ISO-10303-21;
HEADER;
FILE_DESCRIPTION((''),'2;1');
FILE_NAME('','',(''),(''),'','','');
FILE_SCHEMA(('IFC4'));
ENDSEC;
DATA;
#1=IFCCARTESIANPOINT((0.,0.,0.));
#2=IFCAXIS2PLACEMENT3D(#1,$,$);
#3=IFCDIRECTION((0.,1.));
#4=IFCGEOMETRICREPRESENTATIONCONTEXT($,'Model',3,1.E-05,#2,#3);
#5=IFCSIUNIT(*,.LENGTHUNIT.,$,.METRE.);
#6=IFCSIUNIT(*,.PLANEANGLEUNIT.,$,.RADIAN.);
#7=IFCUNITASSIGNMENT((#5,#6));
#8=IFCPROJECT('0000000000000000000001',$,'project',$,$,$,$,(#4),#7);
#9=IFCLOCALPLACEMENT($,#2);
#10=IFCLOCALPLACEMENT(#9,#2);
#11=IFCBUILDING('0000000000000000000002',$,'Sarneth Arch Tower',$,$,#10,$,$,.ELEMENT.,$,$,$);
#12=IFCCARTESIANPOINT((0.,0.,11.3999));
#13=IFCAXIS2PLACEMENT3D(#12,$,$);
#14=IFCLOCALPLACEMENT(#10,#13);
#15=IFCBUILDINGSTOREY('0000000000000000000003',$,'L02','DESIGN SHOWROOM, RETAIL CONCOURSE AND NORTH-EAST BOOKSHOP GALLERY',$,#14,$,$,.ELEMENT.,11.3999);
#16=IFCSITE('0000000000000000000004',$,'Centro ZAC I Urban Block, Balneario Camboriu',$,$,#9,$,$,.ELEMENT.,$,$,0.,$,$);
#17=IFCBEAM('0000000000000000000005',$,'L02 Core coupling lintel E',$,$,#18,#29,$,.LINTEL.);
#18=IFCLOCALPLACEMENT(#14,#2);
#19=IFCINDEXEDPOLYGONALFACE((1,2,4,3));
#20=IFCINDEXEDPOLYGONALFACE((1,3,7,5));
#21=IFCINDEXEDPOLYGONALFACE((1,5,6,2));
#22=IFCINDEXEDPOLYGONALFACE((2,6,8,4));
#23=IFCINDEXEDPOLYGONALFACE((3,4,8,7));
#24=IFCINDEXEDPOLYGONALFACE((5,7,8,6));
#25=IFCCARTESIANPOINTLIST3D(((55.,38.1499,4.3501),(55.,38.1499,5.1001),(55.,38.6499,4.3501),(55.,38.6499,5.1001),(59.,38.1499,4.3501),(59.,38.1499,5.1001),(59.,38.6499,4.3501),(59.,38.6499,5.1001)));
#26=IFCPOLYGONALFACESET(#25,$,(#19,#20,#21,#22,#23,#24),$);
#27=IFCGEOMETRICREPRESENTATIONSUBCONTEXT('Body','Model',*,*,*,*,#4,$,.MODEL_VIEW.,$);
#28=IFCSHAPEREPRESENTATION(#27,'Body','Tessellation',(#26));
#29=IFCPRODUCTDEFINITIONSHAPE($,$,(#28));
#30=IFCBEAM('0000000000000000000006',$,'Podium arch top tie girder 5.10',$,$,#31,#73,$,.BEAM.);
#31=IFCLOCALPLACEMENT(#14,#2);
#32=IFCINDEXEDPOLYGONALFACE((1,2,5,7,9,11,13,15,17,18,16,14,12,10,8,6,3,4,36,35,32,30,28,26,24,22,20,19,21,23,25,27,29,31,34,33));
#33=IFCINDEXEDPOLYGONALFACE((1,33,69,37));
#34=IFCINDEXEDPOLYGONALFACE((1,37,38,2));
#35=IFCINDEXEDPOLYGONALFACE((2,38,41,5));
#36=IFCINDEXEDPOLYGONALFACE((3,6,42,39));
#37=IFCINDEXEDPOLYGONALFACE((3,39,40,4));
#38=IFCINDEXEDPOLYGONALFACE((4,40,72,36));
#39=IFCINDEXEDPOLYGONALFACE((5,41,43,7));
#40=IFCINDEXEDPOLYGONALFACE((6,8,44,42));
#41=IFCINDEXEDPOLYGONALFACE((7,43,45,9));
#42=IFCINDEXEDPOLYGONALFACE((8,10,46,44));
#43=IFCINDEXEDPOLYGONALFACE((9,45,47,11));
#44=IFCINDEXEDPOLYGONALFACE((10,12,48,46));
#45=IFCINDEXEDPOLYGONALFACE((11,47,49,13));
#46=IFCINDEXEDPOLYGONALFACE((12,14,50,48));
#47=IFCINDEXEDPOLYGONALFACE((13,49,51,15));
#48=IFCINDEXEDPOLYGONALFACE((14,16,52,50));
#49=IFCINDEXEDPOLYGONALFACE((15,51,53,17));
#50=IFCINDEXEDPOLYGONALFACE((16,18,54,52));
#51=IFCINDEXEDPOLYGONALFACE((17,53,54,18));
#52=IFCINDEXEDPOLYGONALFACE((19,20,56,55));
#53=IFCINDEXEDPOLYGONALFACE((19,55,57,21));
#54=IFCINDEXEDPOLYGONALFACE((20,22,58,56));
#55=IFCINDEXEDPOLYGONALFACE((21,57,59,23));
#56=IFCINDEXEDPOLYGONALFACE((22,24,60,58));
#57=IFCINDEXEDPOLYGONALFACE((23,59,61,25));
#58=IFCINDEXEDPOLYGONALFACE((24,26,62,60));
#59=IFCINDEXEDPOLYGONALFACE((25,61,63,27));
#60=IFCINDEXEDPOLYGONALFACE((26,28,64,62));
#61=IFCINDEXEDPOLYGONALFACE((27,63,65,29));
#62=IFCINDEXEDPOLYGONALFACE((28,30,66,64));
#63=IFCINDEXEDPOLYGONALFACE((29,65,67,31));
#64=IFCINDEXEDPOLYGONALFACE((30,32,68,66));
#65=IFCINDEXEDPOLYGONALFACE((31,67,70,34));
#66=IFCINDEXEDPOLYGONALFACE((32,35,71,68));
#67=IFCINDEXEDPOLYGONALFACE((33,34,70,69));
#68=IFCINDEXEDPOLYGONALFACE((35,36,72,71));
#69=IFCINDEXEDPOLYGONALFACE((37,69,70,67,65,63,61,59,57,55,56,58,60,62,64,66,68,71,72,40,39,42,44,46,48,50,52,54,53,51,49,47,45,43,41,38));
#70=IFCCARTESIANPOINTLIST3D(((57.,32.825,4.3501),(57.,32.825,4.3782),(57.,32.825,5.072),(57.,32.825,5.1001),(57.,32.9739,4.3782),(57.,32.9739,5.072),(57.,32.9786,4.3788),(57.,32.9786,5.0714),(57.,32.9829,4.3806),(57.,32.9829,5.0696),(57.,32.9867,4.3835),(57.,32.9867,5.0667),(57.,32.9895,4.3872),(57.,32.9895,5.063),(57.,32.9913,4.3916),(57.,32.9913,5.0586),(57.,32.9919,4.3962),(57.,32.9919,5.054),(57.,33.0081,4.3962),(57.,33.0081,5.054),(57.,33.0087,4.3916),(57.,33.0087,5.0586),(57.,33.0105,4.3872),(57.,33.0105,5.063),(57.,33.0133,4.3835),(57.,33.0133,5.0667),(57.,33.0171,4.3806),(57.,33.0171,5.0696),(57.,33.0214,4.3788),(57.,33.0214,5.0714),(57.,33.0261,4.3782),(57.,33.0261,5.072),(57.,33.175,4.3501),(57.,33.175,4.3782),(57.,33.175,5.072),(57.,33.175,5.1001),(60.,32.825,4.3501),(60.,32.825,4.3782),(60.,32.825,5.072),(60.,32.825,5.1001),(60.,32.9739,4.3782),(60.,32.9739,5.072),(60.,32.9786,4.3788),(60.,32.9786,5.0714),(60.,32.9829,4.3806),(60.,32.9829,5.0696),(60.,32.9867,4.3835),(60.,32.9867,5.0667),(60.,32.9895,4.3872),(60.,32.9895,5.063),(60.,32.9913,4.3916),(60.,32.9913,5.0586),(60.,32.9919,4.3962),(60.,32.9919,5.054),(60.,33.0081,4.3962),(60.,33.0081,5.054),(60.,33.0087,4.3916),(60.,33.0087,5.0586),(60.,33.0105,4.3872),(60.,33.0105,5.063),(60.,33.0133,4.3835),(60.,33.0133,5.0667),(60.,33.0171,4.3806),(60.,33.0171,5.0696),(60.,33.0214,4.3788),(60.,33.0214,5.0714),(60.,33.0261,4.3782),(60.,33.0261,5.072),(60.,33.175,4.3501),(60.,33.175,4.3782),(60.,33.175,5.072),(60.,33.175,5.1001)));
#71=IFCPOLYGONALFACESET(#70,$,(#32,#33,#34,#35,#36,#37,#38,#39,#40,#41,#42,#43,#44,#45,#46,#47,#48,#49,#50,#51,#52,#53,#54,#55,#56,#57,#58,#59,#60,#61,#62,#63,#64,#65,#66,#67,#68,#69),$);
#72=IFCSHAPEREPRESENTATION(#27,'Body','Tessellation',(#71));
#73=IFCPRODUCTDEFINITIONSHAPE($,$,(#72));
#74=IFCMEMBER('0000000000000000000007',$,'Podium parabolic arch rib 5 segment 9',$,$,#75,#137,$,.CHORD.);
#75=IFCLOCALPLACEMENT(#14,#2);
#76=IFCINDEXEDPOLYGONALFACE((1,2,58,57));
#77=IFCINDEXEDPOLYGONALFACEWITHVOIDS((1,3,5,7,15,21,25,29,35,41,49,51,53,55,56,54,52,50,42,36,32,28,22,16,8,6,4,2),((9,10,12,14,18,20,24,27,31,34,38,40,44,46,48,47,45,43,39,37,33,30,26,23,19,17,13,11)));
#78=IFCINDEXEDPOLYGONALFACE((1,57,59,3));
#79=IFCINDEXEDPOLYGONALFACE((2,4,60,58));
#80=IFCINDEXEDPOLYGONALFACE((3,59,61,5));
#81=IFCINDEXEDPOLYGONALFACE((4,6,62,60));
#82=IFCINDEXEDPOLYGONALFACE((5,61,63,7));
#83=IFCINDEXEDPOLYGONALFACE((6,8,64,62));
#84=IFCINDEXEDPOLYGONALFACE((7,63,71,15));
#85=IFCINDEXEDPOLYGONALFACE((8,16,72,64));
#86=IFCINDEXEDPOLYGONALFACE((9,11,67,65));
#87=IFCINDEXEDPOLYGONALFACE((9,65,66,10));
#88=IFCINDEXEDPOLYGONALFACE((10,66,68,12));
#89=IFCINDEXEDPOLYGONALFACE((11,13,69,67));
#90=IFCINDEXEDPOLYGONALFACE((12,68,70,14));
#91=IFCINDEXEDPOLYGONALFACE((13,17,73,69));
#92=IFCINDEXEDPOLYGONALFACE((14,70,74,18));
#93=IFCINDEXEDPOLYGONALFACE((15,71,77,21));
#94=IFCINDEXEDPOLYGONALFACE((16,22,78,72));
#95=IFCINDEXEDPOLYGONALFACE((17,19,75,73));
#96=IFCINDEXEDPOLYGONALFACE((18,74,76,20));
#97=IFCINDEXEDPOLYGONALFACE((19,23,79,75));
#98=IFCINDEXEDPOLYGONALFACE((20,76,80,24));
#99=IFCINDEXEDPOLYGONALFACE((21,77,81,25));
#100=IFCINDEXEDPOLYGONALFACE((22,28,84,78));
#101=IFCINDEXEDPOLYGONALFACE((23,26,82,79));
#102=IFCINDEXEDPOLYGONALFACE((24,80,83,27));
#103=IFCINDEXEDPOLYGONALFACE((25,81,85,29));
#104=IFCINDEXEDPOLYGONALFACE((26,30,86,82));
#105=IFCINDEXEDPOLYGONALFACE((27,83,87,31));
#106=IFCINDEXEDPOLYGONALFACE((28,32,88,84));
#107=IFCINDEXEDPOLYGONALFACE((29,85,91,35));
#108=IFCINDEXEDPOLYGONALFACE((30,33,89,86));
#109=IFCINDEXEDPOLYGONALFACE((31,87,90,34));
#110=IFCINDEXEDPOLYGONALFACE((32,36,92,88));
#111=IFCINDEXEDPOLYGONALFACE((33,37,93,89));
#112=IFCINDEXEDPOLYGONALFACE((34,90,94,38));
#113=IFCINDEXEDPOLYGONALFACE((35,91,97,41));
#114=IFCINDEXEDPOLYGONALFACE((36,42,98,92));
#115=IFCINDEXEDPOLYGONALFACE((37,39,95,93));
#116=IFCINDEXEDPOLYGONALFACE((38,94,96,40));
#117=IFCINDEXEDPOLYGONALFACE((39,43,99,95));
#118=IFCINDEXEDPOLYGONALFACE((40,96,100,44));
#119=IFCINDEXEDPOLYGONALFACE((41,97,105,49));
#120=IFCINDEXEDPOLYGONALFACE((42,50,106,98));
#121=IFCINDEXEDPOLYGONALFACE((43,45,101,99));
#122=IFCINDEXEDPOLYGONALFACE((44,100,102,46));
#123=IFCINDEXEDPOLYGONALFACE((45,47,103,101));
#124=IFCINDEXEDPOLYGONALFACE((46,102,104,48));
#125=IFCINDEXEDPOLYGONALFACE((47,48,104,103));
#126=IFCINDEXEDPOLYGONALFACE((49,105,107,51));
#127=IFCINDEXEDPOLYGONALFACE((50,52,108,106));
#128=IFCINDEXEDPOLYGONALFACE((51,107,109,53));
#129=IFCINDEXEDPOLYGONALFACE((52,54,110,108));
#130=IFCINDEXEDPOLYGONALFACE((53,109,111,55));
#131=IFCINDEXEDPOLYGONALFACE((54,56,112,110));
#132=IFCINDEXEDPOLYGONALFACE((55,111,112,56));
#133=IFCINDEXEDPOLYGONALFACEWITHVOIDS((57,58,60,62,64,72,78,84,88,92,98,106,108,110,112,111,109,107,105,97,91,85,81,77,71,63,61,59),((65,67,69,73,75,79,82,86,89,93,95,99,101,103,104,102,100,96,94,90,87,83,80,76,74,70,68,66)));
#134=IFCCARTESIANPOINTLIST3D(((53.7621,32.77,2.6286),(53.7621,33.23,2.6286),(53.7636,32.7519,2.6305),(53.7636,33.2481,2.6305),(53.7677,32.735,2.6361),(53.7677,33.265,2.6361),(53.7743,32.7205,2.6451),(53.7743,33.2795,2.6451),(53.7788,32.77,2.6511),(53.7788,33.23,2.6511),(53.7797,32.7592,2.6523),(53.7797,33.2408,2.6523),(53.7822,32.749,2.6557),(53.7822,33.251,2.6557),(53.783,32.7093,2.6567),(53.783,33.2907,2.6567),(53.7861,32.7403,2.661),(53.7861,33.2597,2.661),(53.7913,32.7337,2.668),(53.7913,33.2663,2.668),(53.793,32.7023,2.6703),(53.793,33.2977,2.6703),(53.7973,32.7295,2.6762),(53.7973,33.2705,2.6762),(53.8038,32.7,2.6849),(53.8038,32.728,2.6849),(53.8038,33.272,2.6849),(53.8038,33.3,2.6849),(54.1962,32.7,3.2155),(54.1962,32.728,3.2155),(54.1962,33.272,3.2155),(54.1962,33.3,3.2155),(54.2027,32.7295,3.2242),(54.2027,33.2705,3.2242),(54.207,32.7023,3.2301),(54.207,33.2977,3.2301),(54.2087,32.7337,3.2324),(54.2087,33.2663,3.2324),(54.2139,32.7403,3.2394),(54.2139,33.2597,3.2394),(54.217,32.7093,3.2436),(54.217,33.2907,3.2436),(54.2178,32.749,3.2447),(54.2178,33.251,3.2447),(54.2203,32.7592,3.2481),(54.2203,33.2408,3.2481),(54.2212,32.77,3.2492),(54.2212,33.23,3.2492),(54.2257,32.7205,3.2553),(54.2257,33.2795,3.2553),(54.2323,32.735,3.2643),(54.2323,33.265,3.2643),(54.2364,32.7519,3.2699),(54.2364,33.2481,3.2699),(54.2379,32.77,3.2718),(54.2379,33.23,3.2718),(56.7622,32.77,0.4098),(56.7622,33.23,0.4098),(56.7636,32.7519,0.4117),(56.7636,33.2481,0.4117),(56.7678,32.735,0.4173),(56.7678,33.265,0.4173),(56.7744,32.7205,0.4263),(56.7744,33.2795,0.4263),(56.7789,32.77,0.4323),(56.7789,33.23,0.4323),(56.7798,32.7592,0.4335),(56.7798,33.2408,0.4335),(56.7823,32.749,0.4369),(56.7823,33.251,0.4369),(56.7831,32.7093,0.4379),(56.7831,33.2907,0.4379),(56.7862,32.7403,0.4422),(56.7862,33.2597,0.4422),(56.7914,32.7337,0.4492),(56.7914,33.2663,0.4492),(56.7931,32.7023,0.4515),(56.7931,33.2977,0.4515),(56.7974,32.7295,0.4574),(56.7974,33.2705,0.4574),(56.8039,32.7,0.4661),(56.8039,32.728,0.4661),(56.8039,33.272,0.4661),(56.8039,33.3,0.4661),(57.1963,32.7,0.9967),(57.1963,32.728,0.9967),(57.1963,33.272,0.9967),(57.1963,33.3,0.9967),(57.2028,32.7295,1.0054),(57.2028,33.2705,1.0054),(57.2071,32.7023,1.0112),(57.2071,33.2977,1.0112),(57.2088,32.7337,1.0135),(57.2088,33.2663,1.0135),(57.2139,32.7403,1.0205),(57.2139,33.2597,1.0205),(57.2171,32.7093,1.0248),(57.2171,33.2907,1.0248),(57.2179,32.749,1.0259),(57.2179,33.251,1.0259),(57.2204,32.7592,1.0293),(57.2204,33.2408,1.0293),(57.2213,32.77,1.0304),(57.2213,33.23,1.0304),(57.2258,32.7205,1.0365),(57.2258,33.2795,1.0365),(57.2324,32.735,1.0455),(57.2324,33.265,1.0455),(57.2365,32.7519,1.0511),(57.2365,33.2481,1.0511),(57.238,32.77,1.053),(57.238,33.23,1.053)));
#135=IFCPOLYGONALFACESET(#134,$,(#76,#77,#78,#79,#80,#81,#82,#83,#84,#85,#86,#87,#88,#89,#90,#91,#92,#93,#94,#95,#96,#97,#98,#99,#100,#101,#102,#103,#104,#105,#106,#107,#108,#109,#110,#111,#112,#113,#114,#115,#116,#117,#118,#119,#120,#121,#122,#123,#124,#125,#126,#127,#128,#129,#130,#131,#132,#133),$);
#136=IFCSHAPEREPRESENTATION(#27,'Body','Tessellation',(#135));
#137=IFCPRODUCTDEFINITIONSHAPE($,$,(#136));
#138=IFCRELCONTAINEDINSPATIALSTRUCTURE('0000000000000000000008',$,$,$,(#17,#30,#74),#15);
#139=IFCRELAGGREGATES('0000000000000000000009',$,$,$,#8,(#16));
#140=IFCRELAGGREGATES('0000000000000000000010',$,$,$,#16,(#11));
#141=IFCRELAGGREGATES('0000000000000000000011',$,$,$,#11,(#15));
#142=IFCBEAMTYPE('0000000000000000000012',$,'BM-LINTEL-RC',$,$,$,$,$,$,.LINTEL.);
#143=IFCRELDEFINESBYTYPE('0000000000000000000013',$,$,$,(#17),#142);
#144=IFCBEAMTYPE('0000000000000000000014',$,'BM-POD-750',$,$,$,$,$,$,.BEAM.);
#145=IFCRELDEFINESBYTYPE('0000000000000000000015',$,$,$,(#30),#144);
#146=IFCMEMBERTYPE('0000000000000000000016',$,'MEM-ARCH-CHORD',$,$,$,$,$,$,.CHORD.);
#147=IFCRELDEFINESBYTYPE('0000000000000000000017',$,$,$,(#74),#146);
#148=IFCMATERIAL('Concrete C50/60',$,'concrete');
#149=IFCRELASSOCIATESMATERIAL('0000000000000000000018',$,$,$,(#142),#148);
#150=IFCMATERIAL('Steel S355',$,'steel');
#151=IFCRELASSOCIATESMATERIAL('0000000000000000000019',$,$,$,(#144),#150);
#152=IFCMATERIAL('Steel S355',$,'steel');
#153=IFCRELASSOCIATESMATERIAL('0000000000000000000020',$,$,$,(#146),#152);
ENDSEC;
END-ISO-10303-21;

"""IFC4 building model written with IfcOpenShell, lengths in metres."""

from ifc_helpers import new_model, si_unit, direction, frame, origin, origin_2d, place, context, subcontext, project, spatial, rectangle, hollow_rectangle, i_section, extrude, material, material_profile, profile_set, type_object, element, save


model = new_model("IFC4")

# Units and contexts
model_context = context("Model", 3, precision=1e-05, world=origin(), true_north=direction((0.0, 1.0)))
body_context = subcontext(model_context, "Body", "Model", "MODEL_VIEW")
ifc_project = project(units=[si_unit("LENGTHUNIT", "METRE"), si_unit("PLANEANGLEUNIT", "RADIAN")], contexts=[model_context])

# Site, building, storey
site_placement = place(None, origin())
site = spatial("IfcSite", under=ifc_project, at=site_placement, Name="Centro ZAC I Urban Block, Balneario Camboriu", CompositionType="ELEMENT", RefElevation=0.0)
building_placement = place(site_placement, origin())
building = spatial("IfcBuilding", under=site, at=building_placement, Name="Sarneth Arch Tower", CompositionType="ELEMENT")
storey_placement = place(building_placement, frame((0.0, 0.0, 11.3999)))
storey = spatial("IfcBuildingStorey", under=building, at=storey_placement, Name="L02", Description="DESIGN SHOWROOM, RETAIL CONCOURSE AND NORTH-EAST BOOKSHOP GALLERY", CompositionType="ELEMENT", Elevation=11.3999)

# Beams
ifc_material_1 = material(Name="Concrete C50/60", Category="concrete")
ifc_material_profile_1 = material_profile(ifc_material_1, rectangle(XDim=0.5, YDim=0.75, at=origin_2d()), Name="RC-500x750")
ifc_profile_set_1 = profile_set([ifc_material_profile_1], Name="Concrete C50/60")
beam_type_1 = type_object("IfcBeamType", Name="BM-LINTEL-RC", PredefinedType="LINTEL", material=ifc_profile_set_1)
beam_1_placement = place(storey_placement, frame((55.0, 38.3999, 4.7251), z_axis=(1.0, 0.0, 0.0), x_axis=(0.0, 1.0, 0.0)))
element("IfcBeam", 1, at=beam_1_placement, inside=storey, type_object=beam_type_1, Name="L02 Core coupling lintel E", PredefinedType="LINTEL", context=body_context, shape_type="SweptSolid", body=[
    extrude(rectangle(XDim=0.5, YDim=0.75, at=origin_2d()), origin(), (0.0, 0.0, 1.0), 4.0),
])
ifc_material_2 = material(Name="Steel S355", Category="steel")
ifc_material_profile_2 = material_profile(ifc_material_2, i_section(OverallWidth=0.3501, OverallDepth=0.75, WebThickness=0.0161, FlangeThickness=0.0281, FilletRadius=0.0181, at=origin_2d()), Name="CVS750x268")
ifc_profile_set_2 = profile_set([ifc_material_profile_2], Name="Steel S355")
beam_type_2 = type_object("IfcBeamType", Name="BM-POD-750", PredefinedType="BEAM", material=ifc_profile_set_2)
beam_2_placement = place(storey_placement, frame((57.0, 33.0, 4.7251), z_axis=(1.0, 0.0, 0.0), x_axis=(0.0, 1.0, 0.0)))
element("IfcBeam", 2, at=beam_2_placement, inside=storey, type_object=beam_type_2, Name="Podium arch top tie girder 5.10", PredefinedType="BEAM", context=body_context, shape_type="SweptSolid", body=[
    extrude(i_section(OverallWidth=0.3501, OverallDepth=0.75, WebThickness=0.0161, FlangeThickness=0.0281, FilletRadius=0.0181, at=origin_2d()), origin(), (0.0, 0.0, 1.0), 3.0),
])

# Member
ifc_material_3 = material(Name="Steel S355", Category="steel")
ifc_material_profile_3 = material_profile(ifc_material_3, hollow_rectangle(XDim=0.6001, YDim=0.8, WallThickness=0.0281, InnerFilletRadius=0.042, OuterFilletRadius=0.0701, at=origin_2d()), Name="RHS800x600x28")
ifc_profile_set_3 = profile_set([ifc_material_profile_3], Name="Steel S355")
member_type_1 = type_object("IfcMemberType", Name="MEM-ARCH-CHORD", PredefinedType="CHORD", material=ifc_profile_set_3)
member_1_placement = place(storey_placement, frame((54.0, 33.0, 2.9502), z_axis=(0.804002, 0.0, -0.594627), x_axis=(0.0, 1.0, 0.0)))
element("IfcMember", 3, at=member_1_placement, inside=storey, type_object=member_type_1, Name="Podium parabolic arch rib 5 segment 9", PredefinedType="CHORD", context=body_context, shape_type="SweptSolid", body=[
    extrude(hollow_rectangle(XDim=0.6001, YDim=0.8, WallThickness=0.0281, InnerFilletRadius=0.042, OuterFilletRadius=0.0701, at=origin_2d()), origin(), (0.0, 0.0, 1.0), 3.7314),
])

save(model, "model.ifc")
